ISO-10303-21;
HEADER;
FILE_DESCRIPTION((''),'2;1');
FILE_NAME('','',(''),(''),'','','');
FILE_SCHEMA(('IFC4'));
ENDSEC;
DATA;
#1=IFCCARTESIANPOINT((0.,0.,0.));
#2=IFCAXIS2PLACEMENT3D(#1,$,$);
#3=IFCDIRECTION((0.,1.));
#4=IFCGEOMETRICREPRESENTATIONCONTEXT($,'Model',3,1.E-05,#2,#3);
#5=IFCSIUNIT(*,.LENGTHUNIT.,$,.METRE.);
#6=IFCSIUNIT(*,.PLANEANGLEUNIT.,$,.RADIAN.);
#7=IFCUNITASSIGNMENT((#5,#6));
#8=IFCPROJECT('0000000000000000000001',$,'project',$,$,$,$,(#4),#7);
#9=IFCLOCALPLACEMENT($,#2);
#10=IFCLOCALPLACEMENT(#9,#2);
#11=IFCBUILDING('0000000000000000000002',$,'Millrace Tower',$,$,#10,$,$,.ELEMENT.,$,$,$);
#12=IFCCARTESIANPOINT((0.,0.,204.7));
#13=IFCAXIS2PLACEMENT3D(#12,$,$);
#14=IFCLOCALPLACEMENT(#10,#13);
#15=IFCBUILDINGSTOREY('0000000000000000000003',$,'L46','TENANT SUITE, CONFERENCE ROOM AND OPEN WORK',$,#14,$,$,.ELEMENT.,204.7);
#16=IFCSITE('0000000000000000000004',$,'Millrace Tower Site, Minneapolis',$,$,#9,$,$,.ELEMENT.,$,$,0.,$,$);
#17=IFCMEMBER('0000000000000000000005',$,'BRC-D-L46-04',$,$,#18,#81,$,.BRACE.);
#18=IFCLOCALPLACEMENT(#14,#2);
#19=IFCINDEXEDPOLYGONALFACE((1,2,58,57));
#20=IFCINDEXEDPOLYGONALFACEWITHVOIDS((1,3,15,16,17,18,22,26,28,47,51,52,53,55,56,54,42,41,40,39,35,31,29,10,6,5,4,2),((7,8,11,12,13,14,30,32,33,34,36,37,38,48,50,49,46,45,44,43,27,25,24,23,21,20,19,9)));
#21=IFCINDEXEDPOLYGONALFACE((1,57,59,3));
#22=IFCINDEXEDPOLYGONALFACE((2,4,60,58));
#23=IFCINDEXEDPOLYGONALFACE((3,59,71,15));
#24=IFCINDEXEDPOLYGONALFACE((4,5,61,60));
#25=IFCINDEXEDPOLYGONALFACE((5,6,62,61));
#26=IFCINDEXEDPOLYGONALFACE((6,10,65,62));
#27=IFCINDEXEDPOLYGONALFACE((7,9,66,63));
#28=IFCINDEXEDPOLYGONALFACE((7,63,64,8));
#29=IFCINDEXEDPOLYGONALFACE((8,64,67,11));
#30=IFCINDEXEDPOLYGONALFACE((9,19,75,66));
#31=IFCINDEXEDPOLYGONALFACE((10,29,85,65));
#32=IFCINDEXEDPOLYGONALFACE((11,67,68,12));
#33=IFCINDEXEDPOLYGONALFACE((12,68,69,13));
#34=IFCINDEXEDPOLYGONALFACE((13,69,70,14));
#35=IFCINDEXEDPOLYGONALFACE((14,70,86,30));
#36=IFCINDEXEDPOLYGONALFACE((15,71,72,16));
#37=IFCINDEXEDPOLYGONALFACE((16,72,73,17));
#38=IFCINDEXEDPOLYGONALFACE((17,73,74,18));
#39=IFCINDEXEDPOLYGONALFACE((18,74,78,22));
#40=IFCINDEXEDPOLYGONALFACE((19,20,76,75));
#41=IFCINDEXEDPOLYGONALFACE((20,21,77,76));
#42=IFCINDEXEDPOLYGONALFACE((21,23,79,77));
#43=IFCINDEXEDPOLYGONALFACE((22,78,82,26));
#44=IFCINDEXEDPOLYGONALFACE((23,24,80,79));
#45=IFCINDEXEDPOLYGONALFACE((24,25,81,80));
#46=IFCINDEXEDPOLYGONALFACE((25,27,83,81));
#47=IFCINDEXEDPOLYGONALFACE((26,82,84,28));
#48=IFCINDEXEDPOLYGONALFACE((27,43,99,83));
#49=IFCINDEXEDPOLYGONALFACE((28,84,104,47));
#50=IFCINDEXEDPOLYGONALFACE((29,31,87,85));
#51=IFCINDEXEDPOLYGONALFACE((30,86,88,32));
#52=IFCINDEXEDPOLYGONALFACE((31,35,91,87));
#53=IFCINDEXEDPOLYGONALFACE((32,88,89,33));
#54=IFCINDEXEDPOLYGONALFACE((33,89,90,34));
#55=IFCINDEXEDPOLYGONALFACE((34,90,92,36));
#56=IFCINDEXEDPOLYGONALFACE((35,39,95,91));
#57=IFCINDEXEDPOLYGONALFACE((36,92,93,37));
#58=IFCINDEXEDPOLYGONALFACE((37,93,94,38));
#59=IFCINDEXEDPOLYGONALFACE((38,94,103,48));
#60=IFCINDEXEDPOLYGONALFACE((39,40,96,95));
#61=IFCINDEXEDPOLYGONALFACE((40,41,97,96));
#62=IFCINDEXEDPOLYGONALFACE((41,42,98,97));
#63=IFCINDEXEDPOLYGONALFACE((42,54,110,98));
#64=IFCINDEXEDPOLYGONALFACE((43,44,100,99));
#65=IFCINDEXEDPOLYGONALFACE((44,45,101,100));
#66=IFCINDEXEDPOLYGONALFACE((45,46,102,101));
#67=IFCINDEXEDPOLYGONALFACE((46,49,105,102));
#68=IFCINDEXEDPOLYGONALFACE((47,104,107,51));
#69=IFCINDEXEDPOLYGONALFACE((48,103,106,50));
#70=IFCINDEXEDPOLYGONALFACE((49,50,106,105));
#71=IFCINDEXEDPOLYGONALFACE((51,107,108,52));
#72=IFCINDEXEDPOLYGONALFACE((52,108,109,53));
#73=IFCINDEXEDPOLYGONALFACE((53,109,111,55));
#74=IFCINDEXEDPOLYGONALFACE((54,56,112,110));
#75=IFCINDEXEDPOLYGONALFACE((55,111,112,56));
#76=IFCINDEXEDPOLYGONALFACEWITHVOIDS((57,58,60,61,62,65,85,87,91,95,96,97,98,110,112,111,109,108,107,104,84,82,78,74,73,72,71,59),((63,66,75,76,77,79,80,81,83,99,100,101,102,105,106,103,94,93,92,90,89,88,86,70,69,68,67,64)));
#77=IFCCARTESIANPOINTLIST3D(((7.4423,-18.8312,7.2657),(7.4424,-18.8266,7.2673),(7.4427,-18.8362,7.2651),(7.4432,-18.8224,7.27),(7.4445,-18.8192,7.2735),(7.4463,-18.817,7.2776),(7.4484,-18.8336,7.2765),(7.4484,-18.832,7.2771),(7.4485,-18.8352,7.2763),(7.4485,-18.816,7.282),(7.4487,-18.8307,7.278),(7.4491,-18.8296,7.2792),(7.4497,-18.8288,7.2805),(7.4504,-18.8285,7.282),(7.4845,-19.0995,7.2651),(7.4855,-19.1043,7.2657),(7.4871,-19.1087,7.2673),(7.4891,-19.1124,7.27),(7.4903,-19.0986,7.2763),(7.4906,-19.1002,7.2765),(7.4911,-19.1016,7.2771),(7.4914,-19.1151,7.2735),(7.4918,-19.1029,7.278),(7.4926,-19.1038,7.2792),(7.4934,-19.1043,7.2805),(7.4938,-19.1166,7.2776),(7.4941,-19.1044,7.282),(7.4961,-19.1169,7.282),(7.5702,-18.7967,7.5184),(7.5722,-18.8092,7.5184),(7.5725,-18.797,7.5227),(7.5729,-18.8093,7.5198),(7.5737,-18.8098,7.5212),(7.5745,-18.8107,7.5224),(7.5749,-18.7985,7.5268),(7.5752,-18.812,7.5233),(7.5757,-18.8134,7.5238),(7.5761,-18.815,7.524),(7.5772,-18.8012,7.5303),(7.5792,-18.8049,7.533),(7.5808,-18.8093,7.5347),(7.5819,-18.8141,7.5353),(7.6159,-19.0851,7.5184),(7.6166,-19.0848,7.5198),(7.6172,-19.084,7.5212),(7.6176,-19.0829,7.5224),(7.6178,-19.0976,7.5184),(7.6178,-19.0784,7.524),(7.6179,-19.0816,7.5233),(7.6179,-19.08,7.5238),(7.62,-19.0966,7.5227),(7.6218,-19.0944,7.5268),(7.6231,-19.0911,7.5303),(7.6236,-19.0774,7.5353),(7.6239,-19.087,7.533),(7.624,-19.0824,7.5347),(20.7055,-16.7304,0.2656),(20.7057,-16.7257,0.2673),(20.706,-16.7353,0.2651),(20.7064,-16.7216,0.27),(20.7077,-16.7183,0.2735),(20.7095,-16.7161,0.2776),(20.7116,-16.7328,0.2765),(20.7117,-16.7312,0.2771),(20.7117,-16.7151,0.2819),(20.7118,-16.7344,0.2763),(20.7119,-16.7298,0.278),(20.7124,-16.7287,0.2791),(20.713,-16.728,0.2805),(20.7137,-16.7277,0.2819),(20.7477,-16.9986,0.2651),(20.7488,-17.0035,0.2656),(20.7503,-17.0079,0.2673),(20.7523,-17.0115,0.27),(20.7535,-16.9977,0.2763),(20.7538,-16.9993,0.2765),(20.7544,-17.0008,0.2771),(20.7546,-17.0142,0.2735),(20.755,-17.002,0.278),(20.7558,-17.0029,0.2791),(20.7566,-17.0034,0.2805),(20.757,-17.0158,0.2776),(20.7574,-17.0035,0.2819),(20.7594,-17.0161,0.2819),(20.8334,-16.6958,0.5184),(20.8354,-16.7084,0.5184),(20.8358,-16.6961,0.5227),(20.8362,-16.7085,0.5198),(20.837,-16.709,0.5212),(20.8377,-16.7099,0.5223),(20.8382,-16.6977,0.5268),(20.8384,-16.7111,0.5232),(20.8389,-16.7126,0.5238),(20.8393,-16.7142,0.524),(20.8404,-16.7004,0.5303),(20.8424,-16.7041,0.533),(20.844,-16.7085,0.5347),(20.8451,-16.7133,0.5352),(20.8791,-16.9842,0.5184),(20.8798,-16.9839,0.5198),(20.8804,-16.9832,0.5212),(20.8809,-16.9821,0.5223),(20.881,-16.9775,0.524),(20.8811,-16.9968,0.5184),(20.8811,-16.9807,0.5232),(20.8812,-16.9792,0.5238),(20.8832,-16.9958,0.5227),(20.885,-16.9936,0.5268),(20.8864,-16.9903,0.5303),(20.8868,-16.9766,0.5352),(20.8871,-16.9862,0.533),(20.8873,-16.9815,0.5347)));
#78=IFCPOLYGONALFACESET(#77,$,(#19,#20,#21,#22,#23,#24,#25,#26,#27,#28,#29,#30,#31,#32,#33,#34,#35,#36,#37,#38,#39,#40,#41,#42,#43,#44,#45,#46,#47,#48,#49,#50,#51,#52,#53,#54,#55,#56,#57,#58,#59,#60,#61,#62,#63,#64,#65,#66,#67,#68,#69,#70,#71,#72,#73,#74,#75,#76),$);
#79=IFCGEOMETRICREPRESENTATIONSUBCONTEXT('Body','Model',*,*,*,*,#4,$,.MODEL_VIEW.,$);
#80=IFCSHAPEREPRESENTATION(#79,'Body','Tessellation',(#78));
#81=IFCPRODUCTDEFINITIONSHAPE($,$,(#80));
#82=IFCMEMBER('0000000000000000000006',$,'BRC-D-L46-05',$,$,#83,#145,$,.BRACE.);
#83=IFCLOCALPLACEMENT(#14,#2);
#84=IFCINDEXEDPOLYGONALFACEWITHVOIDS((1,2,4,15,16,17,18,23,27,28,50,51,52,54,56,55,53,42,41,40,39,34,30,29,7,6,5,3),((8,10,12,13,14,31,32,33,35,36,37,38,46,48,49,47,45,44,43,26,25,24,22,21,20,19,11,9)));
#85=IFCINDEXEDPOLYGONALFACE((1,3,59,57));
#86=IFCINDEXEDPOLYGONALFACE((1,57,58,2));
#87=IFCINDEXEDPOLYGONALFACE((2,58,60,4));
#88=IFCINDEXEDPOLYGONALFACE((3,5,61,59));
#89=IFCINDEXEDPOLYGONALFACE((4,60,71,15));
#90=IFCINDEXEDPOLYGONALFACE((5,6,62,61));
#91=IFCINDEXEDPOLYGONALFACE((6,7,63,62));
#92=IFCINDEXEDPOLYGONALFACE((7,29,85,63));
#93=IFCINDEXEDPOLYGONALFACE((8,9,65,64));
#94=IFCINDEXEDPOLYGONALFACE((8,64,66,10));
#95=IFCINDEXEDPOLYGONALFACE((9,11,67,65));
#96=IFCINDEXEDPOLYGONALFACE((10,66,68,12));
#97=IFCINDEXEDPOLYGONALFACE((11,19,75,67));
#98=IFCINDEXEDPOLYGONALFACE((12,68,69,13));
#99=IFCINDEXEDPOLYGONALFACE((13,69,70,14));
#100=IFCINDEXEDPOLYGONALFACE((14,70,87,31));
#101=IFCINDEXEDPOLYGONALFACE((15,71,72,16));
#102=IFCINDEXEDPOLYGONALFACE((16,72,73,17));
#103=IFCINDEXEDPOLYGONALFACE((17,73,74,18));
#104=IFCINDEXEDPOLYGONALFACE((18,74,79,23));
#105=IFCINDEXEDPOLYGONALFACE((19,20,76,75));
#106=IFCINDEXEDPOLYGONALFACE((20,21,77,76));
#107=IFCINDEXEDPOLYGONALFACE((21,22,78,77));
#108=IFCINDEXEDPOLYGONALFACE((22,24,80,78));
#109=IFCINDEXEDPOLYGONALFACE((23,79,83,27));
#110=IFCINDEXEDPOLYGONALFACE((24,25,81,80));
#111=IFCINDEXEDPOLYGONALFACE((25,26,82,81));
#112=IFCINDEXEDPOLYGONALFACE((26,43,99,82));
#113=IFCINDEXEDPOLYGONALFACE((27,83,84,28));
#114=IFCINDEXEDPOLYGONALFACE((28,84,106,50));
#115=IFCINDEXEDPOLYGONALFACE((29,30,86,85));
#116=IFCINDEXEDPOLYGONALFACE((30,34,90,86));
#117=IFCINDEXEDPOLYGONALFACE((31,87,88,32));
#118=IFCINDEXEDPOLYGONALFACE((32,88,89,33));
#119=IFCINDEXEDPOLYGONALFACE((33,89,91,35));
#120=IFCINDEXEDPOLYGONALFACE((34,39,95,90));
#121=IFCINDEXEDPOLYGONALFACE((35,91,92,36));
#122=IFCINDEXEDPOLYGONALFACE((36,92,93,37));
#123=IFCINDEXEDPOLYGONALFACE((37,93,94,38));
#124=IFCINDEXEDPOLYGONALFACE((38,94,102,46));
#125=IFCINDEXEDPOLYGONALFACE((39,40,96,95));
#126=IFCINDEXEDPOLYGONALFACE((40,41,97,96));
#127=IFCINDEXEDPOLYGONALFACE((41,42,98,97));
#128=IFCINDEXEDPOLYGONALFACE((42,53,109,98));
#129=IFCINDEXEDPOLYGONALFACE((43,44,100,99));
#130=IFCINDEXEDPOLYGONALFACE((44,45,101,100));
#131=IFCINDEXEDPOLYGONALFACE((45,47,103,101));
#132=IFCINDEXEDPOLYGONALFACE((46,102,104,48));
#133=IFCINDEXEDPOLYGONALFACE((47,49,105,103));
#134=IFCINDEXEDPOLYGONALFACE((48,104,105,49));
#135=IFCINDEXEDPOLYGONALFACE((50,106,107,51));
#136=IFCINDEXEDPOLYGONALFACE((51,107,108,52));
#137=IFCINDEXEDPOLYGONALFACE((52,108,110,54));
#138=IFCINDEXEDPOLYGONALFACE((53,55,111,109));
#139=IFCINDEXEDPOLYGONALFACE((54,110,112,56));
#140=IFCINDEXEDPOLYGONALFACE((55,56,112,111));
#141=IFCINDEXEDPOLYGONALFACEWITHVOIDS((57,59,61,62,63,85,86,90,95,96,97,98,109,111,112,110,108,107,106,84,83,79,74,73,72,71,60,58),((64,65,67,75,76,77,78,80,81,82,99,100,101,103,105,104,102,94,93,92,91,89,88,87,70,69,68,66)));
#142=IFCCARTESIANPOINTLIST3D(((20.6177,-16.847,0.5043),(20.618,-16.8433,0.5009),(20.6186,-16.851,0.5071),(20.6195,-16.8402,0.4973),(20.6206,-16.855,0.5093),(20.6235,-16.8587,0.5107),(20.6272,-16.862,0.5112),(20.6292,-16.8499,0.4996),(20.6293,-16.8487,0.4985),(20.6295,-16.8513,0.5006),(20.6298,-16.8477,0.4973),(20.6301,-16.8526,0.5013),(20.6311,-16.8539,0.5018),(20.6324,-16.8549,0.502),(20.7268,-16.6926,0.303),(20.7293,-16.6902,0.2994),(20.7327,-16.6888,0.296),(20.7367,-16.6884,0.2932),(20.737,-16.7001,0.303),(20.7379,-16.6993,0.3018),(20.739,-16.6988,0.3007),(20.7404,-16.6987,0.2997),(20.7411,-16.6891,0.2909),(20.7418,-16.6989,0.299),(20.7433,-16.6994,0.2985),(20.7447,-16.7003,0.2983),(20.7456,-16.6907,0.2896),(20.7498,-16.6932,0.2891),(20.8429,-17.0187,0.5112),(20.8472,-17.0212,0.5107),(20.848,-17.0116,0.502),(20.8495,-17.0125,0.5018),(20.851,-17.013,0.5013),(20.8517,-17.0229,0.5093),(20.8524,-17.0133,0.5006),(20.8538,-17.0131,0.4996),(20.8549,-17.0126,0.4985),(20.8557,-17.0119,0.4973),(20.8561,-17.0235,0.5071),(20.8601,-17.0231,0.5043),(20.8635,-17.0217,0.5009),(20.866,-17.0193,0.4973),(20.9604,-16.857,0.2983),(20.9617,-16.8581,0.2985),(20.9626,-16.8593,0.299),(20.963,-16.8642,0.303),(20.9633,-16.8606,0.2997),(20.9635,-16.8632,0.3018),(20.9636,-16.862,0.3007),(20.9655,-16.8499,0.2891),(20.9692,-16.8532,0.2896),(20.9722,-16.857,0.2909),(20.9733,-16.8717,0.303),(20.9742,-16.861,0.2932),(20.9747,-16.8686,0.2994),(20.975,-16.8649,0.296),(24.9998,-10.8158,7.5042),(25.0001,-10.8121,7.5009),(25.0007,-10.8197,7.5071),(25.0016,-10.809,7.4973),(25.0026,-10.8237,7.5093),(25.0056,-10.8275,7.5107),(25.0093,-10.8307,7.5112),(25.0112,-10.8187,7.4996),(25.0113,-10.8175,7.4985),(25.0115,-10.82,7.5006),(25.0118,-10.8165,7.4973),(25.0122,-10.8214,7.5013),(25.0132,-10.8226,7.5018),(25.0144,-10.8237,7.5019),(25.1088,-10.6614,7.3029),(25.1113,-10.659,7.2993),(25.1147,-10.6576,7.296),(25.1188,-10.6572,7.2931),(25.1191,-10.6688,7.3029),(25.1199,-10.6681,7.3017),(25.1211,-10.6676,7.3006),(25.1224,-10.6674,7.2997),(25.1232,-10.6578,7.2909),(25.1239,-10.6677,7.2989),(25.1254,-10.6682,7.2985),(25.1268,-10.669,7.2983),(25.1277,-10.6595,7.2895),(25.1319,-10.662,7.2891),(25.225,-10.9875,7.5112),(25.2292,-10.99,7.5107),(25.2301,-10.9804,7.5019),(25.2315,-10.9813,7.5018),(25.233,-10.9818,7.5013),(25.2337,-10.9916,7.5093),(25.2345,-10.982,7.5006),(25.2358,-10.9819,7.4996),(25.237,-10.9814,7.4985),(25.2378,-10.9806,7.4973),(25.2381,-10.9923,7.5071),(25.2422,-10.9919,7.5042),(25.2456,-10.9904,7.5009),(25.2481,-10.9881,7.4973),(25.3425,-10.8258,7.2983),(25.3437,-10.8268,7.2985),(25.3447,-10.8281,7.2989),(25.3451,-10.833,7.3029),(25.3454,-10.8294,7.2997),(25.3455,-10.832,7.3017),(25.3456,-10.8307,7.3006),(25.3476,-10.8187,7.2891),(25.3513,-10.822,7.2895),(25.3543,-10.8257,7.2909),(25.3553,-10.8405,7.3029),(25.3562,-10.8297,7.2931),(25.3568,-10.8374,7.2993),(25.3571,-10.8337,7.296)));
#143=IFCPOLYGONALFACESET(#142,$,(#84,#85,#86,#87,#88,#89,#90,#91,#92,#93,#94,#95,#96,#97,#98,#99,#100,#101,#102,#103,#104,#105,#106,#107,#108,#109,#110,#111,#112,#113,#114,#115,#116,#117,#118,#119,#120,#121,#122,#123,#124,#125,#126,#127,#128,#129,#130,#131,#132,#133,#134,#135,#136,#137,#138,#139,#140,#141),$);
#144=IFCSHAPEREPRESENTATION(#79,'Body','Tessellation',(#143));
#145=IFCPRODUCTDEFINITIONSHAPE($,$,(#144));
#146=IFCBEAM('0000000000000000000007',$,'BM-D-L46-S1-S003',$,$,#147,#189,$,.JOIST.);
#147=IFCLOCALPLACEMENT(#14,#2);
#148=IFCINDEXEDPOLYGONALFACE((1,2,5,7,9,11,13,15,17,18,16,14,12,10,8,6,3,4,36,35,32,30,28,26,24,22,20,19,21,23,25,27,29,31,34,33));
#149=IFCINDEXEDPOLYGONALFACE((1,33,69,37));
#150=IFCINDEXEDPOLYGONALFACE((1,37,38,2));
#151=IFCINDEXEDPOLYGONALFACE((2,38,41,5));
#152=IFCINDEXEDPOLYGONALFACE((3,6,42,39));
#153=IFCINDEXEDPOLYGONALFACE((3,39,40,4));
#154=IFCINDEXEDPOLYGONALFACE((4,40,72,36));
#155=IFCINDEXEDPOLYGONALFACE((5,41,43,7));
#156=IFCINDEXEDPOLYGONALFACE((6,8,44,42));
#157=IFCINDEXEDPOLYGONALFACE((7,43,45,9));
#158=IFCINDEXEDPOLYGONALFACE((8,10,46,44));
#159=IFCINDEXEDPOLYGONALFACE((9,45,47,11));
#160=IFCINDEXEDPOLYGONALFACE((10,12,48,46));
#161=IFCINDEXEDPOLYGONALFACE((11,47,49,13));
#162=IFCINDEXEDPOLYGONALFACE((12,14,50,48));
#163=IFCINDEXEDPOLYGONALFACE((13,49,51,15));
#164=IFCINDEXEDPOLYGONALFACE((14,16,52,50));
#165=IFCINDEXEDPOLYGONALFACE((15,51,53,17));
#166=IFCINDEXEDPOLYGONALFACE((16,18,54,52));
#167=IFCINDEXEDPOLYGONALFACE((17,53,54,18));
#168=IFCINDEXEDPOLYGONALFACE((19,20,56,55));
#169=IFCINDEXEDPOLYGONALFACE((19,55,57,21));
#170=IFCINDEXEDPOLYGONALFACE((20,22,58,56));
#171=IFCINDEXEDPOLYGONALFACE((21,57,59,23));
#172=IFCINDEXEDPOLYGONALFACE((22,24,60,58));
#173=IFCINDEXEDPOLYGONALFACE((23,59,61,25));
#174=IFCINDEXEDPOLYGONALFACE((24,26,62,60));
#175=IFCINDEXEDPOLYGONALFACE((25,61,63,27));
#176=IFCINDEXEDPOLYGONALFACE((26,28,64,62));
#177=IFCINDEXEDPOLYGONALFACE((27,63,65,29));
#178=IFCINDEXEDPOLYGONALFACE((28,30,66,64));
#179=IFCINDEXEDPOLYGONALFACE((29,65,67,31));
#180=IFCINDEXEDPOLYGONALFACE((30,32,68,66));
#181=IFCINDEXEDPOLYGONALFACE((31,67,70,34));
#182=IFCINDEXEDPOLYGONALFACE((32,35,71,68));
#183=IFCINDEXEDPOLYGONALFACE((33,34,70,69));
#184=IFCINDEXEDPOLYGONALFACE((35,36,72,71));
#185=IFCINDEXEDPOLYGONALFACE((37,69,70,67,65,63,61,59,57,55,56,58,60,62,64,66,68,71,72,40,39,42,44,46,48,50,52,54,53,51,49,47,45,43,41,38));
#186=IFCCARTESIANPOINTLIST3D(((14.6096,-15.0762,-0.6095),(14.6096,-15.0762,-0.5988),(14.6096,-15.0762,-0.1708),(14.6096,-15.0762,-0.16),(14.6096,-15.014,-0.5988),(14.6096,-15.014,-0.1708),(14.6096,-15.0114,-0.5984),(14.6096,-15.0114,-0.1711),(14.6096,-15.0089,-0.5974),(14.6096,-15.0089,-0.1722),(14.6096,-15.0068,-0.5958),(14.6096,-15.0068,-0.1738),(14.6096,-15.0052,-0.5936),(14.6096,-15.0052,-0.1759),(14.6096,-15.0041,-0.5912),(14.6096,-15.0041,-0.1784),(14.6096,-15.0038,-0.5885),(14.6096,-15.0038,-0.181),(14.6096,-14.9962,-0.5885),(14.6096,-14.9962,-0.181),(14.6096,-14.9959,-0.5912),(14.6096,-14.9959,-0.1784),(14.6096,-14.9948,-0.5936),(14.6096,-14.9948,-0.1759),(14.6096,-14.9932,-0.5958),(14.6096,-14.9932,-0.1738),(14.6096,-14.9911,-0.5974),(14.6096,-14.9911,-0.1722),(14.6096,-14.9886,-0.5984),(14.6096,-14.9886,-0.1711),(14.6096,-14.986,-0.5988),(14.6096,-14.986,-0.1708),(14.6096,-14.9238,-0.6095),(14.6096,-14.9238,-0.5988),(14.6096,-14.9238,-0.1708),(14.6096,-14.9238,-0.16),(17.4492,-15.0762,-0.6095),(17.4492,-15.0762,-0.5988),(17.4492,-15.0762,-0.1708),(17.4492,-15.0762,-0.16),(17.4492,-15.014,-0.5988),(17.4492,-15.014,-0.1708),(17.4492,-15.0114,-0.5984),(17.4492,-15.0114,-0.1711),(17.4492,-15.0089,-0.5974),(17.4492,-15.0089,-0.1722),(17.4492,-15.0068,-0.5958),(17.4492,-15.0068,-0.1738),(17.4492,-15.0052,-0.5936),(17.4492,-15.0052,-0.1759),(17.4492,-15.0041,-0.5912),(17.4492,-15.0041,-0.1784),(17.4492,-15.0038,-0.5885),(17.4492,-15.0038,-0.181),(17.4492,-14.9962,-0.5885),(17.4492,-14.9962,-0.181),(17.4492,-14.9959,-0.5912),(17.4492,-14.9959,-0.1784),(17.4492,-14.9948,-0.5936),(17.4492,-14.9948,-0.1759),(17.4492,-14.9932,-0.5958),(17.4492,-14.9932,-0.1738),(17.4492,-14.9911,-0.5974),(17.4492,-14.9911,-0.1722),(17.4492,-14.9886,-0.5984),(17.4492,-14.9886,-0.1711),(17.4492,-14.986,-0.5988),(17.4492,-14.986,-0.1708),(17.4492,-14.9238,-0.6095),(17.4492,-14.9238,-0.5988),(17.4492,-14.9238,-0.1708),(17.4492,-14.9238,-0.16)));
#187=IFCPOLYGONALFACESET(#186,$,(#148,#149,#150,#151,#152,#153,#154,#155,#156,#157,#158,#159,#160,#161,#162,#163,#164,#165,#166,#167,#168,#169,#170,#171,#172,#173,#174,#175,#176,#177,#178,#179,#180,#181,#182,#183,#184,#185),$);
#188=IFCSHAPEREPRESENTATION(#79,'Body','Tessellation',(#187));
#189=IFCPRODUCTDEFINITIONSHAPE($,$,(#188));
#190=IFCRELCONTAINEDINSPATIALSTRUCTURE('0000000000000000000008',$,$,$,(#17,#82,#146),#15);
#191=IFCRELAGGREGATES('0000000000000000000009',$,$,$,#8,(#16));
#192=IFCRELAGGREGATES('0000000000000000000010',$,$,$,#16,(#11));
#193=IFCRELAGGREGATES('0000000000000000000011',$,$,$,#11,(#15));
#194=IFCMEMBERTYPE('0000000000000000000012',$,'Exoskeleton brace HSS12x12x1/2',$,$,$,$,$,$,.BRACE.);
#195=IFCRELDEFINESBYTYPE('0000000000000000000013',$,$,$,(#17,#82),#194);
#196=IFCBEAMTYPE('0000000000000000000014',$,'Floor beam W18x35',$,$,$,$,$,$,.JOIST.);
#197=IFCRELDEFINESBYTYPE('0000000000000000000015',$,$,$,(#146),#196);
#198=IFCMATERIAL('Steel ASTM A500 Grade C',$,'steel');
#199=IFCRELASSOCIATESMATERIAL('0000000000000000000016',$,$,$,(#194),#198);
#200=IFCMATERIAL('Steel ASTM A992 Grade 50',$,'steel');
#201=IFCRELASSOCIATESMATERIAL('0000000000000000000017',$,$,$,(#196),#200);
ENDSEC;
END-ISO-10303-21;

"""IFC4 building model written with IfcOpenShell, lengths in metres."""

from ifc_helpers import new_model, si_unit, direction, frame, origin, origin_2d, place, context, subcontext, project, spatial, hollow_rectangle, i_section, extrude, material, material_profile, profile_set, type_object, element, save


model = new_model("IFC4")

# Units and contexts
model_context = context("Model", 3, precision=1e-05, world=origin(), true_north=direction((0.0, 1.0)))
body_context = subcontext(model_context, "Body", "Model", "MODEL_VIEW")
ifc_project = project(units=[si_unit("LENGTHUNIT", "METRE"), si_unit("PLANEANGLEUNIT", "RADIAN")], contexts=[model_context])

# Site, building, storey
site_placement = place(None, origin())
site = spatial("IfcSite", under=ifc_project, at=site_placement, Name="Millrace Tower Site, Minneapolis", CompositionType="ELEMENT", RefElevation=0.0)
building_placement = place(site_placement, origin())
building = spatial("IfcBuilding", under=site, at=building_placement, Name="Millrace Tower", CompositionType="ELEMENT")
storey_placement = place(building_placement, frame((0.0, 0.0, 204.7)))
storey = spatial("IfcBuildingStorey", under=building, at=storey_placement, Name="L46", Description="TENANT SUITE, CONFERENCE ROOM AND OPEN WORK", CompositionType="ELEMENT", Elevation=204.7)

# Members
ifc_material_1 = material(Name="Steel ASTM A500 Grade C", Category="steel")
ifc_material_profile_1 = material_profile(ifc_material_1, hollow_rectangle(XDim=0.3047, YDim=0.3047, WallThickness=0.0127, InnerFilletRadius=0.0063, OuterFilletRadius=0.019, at=origin_2d()))
ifc_profile_set_1 = profile_set([ifc_material_profile_1], Name="Steel ASTM A500 Grade C")
member_type_1 = type_object("IfcMemberType", Name="Exoskeleton brace HSS12x12x1/2", PredefinedType="BRACE", material=ifc_profile_set_1)
member_1_placement = place(storey_placement, frame((20.7964, -16.856, 0.4001), z_axis=(-0.875834, -0.138728, 0.462245), x_axis=(0.156445, -0.987687, 0.0)))
element("IfcMember", 1, at=member_1_placement, inside=storey, type_object=member_type_1, Name="BRC-D-L46-04", PredefinedType="BRACE", context=body_context, shape_type="SweptSolid", body=[
    extrude(hollow_rectangle(XDim=0.3047, YDim=0.3047, WallThickness=0.0127, InnerFilletRadius=0.0063, OuterFilletRadius=0.019, at=origin_2d()), origin(), (0.0, 0.0, 1.0), 15.1436),
])
member_2_placement = place(storey_placement, frame((20.7964, -16.856, 0.4001), z_axis=(0.428508, 0.589774, 0.684505), x_axis=(-0.809009, 0.587796, 0.0)))
element("IfcMember", 2, at=member_2_placement, inside=storey, type_object=member_type_1, Name="BRC-D-L46-05", PredefinedType="BRACE", context=body_context, shape_type="SweptSolid", body=[
    extrude(hollow_rectangle(XDim=0.3047, YDim=0.3047, WallThickness=0.0127, InnerFilletRadius=0.0063, OuterFilletRadius=0.019, at=origin_2d()), origin(), (0.0, 0.0, 1.0), 10.2263),
])

# Beam
ifc_material_2 = material(Name="Steel ASTM A992 Grade 50", Category="steel")
ifc_material_profile_2 = material_profile(ifc_material_2, i_section(OverallWidth=0.1523, OverallDepth=0.4495, WebThickness=0.0076, FlangeThickness=0.0107, FilletRadius=0.0103, at=origin_2d()))
ifc_profile_set_2 = profile_set([ifc_material_profile_2], Name="Steel ASTM A992 Grade 50")
beam_type_1 = type_object("IfcBeamType", Name="Floor beam W18x35", PredefinedType="JOIST", material=ifc_profile_set_2)
beam_1_placement = place(storey_placement, frame((14.6096, -15.0, -0.3848), z_axis=(1.0, 0.0, 0.0), x_axis=(0.0, 1.0, 0.0)))
element("IfcBeam", 3, at=beam_1_placement, inside=storey, type_object=beam_type_1, Name="BM-D-L46-S1-S003", PredefinedType="JOIST", context=body_context, shape_type="SweptSolid", body=[
    extrude(i_section(OverallWidth=0.1523, OverallDepth=0.4495, WebThickness=0.0076, FlangeThickness=0.0107, FilletRadius=0.0103, at=origin_2d()), origin(), (0.0, 0.0, 1.0), 2.8396),
])

save(model, "model.ifc")
